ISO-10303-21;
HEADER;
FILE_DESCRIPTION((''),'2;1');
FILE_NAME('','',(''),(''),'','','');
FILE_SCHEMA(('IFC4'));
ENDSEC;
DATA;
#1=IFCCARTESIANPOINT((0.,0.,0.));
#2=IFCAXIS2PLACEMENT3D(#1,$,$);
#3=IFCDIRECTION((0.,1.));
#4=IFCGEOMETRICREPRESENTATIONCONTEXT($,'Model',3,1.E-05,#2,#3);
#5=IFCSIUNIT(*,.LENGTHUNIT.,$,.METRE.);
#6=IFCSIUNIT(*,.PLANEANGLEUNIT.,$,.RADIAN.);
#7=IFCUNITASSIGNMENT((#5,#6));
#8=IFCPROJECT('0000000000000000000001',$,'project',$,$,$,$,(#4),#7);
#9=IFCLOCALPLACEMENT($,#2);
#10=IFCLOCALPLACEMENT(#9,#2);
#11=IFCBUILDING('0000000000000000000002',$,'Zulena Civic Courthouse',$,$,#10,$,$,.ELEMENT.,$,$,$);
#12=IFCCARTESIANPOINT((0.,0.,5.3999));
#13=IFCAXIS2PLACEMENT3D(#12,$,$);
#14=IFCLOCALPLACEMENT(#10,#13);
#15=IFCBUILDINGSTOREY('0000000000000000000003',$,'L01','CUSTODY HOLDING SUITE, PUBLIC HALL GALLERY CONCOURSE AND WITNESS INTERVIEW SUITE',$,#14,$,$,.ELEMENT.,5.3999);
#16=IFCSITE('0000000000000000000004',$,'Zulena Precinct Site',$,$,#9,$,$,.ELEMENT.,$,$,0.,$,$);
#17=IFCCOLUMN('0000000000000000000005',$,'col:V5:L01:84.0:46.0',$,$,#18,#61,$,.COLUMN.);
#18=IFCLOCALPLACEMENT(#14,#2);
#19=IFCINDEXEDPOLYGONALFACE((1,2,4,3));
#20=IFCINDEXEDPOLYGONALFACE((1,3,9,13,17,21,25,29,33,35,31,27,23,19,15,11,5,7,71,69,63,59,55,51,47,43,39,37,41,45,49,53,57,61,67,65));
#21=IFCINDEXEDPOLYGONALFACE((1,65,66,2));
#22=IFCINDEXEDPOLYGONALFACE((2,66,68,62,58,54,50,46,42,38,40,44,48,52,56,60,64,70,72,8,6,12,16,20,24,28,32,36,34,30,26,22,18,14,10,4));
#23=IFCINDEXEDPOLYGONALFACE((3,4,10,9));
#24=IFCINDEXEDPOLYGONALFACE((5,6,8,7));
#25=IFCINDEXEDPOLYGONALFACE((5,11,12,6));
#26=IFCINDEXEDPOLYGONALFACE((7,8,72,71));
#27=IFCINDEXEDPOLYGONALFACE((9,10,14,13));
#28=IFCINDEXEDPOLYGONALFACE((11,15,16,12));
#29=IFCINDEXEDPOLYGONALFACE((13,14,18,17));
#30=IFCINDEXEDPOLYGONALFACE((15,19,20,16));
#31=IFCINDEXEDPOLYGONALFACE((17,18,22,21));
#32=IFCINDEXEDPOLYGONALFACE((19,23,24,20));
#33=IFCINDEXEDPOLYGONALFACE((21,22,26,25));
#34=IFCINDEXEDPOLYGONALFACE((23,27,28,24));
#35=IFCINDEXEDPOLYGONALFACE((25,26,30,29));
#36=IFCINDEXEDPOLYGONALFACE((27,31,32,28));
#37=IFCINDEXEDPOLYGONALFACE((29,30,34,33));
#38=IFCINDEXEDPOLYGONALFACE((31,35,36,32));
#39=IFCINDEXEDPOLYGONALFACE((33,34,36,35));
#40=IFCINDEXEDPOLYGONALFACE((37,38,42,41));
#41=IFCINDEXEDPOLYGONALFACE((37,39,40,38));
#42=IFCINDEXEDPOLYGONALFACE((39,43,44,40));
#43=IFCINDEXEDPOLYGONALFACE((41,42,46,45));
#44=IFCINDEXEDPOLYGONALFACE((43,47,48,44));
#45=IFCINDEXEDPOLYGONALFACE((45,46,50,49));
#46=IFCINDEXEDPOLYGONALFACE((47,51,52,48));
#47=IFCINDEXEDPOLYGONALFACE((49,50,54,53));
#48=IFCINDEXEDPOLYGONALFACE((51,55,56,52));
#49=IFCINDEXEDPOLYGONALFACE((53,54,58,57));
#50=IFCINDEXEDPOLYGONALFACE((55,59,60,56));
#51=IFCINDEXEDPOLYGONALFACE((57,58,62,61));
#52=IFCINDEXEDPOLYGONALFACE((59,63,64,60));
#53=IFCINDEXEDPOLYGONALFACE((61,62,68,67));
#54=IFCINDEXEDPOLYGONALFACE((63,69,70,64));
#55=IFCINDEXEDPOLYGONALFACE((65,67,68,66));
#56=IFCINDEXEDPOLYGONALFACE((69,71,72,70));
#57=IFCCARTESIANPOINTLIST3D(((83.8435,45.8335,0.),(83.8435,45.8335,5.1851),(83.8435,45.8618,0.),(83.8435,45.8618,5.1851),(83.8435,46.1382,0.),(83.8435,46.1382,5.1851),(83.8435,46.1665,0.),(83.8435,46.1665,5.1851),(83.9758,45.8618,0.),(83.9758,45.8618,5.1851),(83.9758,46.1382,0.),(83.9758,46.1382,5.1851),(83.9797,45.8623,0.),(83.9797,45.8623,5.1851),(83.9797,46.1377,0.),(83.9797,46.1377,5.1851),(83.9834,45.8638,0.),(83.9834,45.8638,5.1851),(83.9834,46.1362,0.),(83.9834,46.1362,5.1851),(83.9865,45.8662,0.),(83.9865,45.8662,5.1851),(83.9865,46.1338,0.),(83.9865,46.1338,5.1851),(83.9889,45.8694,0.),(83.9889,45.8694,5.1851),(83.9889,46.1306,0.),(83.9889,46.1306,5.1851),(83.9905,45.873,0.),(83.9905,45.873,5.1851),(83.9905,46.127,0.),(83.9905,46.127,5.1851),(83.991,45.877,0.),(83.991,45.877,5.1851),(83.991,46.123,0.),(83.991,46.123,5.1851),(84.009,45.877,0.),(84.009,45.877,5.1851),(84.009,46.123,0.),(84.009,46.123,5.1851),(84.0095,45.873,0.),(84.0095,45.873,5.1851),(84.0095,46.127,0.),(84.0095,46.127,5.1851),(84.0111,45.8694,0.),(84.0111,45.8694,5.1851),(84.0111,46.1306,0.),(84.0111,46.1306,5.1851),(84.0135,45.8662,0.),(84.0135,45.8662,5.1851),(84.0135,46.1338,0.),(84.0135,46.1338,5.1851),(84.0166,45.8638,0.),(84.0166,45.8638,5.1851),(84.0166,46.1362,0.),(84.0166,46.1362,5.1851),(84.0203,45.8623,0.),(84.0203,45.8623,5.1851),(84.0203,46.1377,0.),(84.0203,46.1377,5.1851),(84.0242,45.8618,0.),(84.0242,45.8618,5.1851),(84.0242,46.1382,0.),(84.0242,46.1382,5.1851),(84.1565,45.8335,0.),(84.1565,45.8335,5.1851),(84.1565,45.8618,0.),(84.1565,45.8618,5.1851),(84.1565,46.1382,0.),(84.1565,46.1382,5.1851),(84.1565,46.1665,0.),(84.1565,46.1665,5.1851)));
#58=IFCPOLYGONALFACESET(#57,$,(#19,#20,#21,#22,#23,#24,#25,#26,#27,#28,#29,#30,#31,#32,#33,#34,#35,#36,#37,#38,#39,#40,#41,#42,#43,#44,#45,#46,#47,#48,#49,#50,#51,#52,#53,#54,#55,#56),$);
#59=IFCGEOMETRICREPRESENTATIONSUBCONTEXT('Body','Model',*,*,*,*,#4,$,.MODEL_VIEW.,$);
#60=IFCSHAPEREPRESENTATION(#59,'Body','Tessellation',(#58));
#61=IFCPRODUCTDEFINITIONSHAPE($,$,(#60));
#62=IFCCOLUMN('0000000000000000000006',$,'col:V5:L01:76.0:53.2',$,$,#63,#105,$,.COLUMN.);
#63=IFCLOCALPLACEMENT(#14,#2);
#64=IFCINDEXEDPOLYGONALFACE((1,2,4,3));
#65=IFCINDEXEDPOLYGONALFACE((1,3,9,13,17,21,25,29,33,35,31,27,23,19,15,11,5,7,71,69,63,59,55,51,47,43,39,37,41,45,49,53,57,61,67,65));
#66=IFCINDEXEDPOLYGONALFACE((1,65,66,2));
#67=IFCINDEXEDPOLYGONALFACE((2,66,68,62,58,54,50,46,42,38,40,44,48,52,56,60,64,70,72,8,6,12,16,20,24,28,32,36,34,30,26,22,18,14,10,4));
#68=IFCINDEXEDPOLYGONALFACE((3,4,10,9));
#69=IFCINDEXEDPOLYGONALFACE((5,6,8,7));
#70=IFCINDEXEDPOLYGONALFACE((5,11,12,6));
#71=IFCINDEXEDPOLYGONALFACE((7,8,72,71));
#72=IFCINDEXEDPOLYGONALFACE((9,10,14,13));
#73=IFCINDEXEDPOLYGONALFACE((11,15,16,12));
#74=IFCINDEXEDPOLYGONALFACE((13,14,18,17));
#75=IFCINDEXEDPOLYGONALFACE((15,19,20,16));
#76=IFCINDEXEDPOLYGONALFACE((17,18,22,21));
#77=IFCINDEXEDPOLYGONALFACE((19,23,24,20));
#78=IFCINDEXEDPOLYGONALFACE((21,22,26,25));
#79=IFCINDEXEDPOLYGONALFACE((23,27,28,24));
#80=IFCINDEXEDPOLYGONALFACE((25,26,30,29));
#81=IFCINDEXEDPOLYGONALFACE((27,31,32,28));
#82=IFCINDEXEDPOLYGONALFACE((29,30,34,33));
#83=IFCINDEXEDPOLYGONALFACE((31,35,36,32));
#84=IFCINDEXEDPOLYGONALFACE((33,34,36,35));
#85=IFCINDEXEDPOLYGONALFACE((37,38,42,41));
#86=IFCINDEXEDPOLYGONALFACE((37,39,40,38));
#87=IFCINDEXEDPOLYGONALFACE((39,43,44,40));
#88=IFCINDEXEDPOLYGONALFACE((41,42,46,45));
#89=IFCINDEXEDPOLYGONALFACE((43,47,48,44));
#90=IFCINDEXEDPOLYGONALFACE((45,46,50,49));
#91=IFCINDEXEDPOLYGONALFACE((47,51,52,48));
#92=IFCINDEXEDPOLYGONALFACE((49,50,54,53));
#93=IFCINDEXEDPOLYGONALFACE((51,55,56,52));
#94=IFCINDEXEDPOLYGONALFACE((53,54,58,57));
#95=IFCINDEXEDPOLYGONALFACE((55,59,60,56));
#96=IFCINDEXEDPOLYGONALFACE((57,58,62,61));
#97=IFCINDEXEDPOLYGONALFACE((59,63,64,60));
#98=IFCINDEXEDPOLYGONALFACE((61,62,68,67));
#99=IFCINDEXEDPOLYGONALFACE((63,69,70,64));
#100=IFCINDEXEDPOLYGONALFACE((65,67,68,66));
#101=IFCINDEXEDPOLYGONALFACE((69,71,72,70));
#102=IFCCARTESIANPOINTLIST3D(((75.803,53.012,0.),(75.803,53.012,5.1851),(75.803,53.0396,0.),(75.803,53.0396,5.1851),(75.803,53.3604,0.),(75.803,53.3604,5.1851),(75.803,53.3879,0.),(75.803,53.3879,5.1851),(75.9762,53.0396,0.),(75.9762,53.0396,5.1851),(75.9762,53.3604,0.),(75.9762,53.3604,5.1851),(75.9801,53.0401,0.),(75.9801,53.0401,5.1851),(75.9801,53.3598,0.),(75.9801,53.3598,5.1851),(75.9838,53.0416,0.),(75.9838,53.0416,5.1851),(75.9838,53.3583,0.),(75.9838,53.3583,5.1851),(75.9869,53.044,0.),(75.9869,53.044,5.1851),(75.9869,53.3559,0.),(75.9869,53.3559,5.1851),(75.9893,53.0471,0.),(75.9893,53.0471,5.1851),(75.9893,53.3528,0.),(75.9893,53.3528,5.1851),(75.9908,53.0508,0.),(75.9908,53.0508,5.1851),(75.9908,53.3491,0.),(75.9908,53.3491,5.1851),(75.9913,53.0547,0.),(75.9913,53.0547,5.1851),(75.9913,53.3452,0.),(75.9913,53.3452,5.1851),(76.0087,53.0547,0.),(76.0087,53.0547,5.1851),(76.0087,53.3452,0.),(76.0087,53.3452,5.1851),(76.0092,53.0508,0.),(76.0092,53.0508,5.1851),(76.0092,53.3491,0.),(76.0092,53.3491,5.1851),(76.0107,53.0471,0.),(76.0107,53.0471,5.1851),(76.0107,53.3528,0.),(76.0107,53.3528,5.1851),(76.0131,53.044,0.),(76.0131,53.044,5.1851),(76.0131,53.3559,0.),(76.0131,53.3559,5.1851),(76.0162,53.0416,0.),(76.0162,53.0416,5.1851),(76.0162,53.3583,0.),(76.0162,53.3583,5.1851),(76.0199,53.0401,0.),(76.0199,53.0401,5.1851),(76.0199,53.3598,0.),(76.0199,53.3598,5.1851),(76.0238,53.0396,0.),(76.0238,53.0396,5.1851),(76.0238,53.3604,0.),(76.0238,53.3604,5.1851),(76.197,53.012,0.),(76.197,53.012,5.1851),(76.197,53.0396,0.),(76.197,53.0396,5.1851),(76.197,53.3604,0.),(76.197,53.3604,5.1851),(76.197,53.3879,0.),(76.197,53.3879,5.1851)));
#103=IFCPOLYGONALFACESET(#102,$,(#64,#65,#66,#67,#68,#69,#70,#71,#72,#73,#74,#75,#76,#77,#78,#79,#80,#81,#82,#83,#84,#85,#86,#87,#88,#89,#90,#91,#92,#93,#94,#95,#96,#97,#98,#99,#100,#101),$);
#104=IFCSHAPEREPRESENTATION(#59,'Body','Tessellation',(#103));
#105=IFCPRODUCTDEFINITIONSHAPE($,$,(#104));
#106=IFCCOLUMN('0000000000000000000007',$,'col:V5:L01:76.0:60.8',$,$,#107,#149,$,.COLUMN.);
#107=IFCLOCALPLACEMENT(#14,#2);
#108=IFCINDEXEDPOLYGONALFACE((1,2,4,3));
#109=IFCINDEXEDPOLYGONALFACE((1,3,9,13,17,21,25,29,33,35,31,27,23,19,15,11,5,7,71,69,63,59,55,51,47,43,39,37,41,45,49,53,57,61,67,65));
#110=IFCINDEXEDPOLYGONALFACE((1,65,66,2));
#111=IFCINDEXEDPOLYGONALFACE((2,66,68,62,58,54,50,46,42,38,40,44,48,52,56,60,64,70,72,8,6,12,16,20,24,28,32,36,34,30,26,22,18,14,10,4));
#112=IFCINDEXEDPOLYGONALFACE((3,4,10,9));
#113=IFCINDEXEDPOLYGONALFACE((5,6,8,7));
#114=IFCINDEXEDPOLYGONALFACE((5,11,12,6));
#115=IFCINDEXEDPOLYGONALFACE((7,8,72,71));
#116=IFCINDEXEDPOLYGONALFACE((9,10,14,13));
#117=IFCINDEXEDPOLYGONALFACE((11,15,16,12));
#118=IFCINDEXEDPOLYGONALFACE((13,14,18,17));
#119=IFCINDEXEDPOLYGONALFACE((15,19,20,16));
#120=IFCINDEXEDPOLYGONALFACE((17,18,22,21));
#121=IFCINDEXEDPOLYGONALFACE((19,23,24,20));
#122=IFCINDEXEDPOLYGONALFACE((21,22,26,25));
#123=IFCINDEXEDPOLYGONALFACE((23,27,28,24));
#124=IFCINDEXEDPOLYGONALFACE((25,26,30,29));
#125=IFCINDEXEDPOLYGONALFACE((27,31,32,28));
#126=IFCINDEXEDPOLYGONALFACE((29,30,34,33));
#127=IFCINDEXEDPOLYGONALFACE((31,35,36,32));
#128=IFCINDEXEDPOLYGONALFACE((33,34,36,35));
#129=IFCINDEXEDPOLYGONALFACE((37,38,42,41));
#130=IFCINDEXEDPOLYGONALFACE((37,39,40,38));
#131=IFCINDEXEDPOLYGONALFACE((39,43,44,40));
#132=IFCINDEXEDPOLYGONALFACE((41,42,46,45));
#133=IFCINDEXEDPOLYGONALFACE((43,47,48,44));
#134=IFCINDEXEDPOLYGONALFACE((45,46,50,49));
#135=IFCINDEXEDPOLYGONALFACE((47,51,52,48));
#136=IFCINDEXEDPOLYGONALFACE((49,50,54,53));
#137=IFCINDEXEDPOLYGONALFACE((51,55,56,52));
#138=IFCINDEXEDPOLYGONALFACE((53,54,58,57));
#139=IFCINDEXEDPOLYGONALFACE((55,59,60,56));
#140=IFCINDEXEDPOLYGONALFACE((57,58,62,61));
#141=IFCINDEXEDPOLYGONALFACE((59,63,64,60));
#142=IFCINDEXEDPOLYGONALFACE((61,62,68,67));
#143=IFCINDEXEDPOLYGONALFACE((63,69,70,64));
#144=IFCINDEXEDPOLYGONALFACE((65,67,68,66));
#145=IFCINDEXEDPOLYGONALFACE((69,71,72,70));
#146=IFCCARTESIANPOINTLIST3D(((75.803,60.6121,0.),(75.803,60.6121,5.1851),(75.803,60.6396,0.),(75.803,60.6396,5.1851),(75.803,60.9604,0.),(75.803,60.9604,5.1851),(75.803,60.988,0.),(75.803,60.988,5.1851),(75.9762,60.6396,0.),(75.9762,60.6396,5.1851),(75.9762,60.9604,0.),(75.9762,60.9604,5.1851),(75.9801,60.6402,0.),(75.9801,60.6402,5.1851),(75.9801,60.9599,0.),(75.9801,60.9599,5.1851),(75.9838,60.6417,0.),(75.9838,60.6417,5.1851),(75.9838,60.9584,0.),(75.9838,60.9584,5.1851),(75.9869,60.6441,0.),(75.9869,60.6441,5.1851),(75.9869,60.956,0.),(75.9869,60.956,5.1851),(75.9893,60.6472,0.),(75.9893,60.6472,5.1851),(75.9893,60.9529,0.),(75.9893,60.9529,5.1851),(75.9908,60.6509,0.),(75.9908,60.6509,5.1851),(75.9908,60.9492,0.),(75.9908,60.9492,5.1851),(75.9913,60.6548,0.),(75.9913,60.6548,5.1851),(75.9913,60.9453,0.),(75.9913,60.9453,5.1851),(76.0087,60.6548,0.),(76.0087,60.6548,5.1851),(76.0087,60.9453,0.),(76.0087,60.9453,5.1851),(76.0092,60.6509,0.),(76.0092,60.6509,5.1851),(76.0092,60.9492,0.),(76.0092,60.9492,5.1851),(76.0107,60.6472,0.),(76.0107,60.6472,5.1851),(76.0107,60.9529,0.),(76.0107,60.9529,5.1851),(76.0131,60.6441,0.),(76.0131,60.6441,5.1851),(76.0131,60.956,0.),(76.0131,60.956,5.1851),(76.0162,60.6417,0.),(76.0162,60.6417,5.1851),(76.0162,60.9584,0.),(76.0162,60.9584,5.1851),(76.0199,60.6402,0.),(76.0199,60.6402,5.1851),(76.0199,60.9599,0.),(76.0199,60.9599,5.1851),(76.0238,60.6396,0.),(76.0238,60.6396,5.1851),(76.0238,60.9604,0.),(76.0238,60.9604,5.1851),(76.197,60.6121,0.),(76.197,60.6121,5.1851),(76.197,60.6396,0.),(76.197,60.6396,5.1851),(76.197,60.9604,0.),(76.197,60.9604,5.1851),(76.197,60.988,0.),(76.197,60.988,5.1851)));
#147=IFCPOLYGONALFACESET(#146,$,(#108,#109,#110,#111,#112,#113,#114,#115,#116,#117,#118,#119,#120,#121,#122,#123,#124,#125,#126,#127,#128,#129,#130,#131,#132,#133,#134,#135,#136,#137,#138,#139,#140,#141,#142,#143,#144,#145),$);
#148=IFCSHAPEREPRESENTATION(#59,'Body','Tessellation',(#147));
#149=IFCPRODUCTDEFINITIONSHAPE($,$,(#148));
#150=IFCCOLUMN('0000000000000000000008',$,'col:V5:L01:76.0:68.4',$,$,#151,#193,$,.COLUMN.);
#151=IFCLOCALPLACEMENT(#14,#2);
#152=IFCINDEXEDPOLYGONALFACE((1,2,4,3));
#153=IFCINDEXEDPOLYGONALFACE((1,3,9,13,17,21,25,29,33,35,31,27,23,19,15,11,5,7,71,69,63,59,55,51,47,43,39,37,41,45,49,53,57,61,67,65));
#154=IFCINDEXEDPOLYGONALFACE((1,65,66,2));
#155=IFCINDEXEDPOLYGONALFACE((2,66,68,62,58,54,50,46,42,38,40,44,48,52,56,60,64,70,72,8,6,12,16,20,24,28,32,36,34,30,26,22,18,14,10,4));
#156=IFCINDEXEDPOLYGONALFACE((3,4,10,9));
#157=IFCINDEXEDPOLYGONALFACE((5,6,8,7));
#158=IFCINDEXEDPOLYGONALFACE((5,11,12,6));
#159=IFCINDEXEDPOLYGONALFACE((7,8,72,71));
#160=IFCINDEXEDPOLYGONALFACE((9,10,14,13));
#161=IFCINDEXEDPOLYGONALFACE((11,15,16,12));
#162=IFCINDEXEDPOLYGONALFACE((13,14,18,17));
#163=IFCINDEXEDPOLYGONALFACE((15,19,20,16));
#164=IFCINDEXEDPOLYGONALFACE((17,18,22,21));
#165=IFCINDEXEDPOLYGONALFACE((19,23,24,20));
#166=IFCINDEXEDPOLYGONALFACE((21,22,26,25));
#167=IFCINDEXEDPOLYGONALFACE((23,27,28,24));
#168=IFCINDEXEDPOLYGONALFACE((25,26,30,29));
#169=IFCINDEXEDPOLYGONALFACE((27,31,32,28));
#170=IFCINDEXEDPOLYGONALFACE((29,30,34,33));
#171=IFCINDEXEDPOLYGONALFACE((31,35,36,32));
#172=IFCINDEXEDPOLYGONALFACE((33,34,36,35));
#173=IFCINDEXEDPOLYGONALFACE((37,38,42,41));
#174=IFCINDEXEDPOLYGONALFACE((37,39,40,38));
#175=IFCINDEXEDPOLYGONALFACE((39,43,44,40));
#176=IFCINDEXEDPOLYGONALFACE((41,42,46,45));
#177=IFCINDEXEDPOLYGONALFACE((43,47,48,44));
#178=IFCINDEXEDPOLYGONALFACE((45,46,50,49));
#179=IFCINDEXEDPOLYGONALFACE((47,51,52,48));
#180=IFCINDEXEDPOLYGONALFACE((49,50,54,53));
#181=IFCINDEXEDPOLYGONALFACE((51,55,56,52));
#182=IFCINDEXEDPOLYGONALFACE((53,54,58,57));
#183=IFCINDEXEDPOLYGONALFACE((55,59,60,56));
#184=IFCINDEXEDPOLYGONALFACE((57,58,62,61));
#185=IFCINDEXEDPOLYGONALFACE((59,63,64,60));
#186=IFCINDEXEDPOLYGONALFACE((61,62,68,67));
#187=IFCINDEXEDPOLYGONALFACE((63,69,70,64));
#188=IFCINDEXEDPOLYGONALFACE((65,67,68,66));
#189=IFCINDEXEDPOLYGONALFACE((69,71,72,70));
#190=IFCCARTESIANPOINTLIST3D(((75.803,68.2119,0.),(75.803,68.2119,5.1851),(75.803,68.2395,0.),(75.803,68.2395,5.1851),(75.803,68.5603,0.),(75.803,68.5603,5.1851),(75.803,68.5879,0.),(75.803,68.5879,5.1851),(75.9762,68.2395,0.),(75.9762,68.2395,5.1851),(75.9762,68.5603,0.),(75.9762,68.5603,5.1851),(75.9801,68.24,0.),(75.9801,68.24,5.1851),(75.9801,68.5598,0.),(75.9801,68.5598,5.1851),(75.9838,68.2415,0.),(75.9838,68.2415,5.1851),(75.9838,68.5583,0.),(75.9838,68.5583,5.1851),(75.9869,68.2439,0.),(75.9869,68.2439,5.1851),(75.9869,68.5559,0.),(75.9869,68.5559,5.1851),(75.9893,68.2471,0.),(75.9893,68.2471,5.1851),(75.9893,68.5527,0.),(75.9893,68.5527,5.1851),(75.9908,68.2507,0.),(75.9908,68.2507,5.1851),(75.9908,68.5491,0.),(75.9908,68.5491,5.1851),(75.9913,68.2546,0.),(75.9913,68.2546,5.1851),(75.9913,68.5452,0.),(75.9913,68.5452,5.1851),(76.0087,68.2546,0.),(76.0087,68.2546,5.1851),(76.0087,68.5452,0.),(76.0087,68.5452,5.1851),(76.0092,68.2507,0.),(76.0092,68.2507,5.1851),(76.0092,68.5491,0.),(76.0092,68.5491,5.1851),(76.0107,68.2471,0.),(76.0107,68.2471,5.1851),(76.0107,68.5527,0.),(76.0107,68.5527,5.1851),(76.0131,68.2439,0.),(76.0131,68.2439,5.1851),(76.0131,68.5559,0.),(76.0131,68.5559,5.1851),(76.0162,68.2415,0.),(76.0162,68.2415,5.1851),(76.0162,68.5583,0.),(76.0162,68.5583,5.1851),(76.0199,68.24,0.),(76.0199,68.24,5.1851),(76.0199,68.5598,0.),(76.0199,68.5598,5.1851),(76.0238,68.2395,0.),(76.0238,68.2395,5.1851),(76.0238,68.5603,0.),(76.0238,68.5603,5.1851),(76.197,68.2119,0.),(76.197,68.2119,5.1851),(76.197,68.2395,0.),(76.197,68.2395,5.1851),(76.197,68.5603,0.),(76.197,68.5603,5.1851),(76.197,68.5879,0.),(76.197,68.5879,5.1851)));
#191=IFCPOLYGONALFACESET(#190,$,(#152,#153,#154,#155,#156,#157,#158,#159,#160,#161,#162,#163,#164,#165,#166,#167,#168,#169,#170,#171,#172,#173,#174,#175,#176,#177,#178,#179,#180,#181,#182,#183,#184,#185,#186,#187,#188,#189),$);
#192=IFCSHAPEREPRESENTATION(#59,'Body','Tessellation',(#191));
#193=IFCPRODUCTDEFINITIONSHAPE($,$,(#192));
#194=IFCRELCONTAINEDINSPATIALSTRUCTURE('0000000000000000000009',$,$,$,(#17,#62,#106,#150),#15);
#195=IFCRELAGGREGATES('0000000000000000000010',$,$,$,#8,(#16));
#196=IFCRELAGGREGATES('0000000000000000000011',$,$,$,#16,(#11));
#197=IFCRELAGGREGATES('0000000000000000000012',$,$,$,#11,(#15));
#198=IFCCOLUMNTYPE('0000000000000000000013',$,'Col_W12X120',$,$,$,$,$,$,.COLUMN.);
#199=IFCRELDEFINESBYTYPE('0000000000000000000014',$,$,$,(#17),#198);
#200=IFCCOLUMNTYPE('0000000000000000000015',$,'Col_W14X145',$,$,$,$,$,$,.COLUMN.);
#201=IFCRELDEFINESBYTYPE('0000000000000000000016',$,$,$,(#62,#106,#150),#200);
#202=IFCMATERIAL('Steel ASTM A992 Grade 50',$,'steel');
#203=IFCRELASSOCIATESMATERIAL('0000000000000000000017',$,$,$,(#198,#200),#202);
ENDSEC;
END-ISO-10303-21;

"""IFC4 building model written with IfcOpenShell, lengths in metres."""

from ifc_helpers import new_model, si_unit, direction, frame, origin, origin_2d, place, context, subcontext, project, spatial, i_section, extrude, material, material_profile, profile_set, type_object, element, save


model = new_model("IFC4")

# Units and contexts
model_context = context("Model", 3, precision=1e-05, world=origin(), true_north=direction((0.0, 1.0)))
body_context = subcontext(model_context, "Body", "Model", "MODEL_VIEW")
ifc_project = project(units=[si_unit("LENGTHUNIT", "METRE"), si_unit("PLANEANGLEUNIT", "RADIAN")], contexts=[model_context])

# Site, building, storey
site_placement = place(None, origin())
site = spatial("IfcSite", under=ifc_project, at=site_placement, Name="Zulena Precinct Site", CompositionType="ELEMENT", RefElevation=0.0)
building_placement = place(site_placement, origin())
building = spatial("IfcBuilding", under=site, at=building_placement, Name="Zulena Civic Courthouse", CompositionType="ELEMENT")
storey_placement = place(building_placement, frame((0.0, 0.0, 5.3999)))
storey = spatial("IfcBuildingStorey", under=building, at=storey_placement, Name="L01", Description="CUSTODY HOLDING SUITE, PUBLIC HALL GALLERY CONCOURSE AND WITNESS INTERVIEW SUITE", CompositionType="ELEMENT", Elevation=5.3999)

# Columns
ifc_material_1 = material(Name="Steel ASTM A992 Grade 50", Category="steel")
ifc_material_profile_1 = material_profile(ifc_material_1, i_section(OverallWidth=0.313, OverallDepth=0.333, WebThickness=0.0181, FlangeThickness=0.0283, FilletRadius=0.0151, at=origin_2d()), Name="W12X120")
ifc_profile_set_1 = profile_set([ifc_material_profile_1], Name="Steel ASTM A992 Grade 50")
column_type_1 = type_object("IfcColumnType", Name="Col_W12X120", PredefinedType="COLUMN", material=ifc_profile_set_1)
column_placement = place(storey_placement, frame((84.0, 46.0, 0.0), z_axis=(0.0, 0.0, 1.0), x_axis=(1.0, 0.0, 0.0)))
element("IfcColumn", 1, at=column_placement, inside=storey, type_object=column_type_1, Name="col:V5:L01:84.0:46.0", PredefinedType="COLUMN", context=body_context, shape_type="SweptSolid", body=[
    extrude(i_section(OverallWidth=0.313, OverallDepth=0.333, WebThickness=0.0181, FlangeThickness=0.0283, FilletRadius=0.0151, at=origin_2d()), origin(), (0.0, 0.0, 1.0), 5.1851),
])
ifc_material_profile_2 = material_profile(ifc_material_1, i_section(OverallWidth=0.394, OverallDepth=0.376, WebThickness=0.0173, FlangeThickness=0.0276, FilletRadius=0.0151, at=origin_2d()), Name="W14X145")
ifc_profile_set_2 = profile_set([ifc_material_profile_2], Name="Steel ASTM A992 Grade 50")
column_type_2 = type_object("IfcColumnType", Name="Col_W14X145", PredefinedType="COLUMN", material=ifc_profile_set_2)
for number, where, z_axis, x_axis, name in (
    (2, (76.0, 53.2, 0.0), (0.0, 0.0, 1.0), (1.0, 0.0, 0.0), "col:V5:L01:76.0:53.2"),
    (3, (76.0, 60.8, 0.0), (0.0, 0.0, 1.0), (1.0, 0.0, 0.0), "col:V5:L01:76.0:60.8"),
    (4, (76.0, 68.3999, 0.0), (0.0, 0.0, 1.0), (1.0, 0.0, 0.0), "col:V5:L01:76.0:68.4"),
):
    element("IfcColumn", number, at=place(storey_placement, frame(where, z_axis=z_axis, x_axis=x_axis)), inside=storey, type_object=column_type_2, Name=name, PredefinedType="COLUMN", context=body_context, shape_type="SweptSolid", body=[
        extrude(i_section(OverallWidth=0.394, OverallDepth=0.376, WebThickness=0.0173, FlangeThickness=0.0276, FilletRadius=0.0151, at=origin_2d()), origin(), (0.0, 0.0, 1.0), 5.1851),
    ])

save(model, "model.ifc")
